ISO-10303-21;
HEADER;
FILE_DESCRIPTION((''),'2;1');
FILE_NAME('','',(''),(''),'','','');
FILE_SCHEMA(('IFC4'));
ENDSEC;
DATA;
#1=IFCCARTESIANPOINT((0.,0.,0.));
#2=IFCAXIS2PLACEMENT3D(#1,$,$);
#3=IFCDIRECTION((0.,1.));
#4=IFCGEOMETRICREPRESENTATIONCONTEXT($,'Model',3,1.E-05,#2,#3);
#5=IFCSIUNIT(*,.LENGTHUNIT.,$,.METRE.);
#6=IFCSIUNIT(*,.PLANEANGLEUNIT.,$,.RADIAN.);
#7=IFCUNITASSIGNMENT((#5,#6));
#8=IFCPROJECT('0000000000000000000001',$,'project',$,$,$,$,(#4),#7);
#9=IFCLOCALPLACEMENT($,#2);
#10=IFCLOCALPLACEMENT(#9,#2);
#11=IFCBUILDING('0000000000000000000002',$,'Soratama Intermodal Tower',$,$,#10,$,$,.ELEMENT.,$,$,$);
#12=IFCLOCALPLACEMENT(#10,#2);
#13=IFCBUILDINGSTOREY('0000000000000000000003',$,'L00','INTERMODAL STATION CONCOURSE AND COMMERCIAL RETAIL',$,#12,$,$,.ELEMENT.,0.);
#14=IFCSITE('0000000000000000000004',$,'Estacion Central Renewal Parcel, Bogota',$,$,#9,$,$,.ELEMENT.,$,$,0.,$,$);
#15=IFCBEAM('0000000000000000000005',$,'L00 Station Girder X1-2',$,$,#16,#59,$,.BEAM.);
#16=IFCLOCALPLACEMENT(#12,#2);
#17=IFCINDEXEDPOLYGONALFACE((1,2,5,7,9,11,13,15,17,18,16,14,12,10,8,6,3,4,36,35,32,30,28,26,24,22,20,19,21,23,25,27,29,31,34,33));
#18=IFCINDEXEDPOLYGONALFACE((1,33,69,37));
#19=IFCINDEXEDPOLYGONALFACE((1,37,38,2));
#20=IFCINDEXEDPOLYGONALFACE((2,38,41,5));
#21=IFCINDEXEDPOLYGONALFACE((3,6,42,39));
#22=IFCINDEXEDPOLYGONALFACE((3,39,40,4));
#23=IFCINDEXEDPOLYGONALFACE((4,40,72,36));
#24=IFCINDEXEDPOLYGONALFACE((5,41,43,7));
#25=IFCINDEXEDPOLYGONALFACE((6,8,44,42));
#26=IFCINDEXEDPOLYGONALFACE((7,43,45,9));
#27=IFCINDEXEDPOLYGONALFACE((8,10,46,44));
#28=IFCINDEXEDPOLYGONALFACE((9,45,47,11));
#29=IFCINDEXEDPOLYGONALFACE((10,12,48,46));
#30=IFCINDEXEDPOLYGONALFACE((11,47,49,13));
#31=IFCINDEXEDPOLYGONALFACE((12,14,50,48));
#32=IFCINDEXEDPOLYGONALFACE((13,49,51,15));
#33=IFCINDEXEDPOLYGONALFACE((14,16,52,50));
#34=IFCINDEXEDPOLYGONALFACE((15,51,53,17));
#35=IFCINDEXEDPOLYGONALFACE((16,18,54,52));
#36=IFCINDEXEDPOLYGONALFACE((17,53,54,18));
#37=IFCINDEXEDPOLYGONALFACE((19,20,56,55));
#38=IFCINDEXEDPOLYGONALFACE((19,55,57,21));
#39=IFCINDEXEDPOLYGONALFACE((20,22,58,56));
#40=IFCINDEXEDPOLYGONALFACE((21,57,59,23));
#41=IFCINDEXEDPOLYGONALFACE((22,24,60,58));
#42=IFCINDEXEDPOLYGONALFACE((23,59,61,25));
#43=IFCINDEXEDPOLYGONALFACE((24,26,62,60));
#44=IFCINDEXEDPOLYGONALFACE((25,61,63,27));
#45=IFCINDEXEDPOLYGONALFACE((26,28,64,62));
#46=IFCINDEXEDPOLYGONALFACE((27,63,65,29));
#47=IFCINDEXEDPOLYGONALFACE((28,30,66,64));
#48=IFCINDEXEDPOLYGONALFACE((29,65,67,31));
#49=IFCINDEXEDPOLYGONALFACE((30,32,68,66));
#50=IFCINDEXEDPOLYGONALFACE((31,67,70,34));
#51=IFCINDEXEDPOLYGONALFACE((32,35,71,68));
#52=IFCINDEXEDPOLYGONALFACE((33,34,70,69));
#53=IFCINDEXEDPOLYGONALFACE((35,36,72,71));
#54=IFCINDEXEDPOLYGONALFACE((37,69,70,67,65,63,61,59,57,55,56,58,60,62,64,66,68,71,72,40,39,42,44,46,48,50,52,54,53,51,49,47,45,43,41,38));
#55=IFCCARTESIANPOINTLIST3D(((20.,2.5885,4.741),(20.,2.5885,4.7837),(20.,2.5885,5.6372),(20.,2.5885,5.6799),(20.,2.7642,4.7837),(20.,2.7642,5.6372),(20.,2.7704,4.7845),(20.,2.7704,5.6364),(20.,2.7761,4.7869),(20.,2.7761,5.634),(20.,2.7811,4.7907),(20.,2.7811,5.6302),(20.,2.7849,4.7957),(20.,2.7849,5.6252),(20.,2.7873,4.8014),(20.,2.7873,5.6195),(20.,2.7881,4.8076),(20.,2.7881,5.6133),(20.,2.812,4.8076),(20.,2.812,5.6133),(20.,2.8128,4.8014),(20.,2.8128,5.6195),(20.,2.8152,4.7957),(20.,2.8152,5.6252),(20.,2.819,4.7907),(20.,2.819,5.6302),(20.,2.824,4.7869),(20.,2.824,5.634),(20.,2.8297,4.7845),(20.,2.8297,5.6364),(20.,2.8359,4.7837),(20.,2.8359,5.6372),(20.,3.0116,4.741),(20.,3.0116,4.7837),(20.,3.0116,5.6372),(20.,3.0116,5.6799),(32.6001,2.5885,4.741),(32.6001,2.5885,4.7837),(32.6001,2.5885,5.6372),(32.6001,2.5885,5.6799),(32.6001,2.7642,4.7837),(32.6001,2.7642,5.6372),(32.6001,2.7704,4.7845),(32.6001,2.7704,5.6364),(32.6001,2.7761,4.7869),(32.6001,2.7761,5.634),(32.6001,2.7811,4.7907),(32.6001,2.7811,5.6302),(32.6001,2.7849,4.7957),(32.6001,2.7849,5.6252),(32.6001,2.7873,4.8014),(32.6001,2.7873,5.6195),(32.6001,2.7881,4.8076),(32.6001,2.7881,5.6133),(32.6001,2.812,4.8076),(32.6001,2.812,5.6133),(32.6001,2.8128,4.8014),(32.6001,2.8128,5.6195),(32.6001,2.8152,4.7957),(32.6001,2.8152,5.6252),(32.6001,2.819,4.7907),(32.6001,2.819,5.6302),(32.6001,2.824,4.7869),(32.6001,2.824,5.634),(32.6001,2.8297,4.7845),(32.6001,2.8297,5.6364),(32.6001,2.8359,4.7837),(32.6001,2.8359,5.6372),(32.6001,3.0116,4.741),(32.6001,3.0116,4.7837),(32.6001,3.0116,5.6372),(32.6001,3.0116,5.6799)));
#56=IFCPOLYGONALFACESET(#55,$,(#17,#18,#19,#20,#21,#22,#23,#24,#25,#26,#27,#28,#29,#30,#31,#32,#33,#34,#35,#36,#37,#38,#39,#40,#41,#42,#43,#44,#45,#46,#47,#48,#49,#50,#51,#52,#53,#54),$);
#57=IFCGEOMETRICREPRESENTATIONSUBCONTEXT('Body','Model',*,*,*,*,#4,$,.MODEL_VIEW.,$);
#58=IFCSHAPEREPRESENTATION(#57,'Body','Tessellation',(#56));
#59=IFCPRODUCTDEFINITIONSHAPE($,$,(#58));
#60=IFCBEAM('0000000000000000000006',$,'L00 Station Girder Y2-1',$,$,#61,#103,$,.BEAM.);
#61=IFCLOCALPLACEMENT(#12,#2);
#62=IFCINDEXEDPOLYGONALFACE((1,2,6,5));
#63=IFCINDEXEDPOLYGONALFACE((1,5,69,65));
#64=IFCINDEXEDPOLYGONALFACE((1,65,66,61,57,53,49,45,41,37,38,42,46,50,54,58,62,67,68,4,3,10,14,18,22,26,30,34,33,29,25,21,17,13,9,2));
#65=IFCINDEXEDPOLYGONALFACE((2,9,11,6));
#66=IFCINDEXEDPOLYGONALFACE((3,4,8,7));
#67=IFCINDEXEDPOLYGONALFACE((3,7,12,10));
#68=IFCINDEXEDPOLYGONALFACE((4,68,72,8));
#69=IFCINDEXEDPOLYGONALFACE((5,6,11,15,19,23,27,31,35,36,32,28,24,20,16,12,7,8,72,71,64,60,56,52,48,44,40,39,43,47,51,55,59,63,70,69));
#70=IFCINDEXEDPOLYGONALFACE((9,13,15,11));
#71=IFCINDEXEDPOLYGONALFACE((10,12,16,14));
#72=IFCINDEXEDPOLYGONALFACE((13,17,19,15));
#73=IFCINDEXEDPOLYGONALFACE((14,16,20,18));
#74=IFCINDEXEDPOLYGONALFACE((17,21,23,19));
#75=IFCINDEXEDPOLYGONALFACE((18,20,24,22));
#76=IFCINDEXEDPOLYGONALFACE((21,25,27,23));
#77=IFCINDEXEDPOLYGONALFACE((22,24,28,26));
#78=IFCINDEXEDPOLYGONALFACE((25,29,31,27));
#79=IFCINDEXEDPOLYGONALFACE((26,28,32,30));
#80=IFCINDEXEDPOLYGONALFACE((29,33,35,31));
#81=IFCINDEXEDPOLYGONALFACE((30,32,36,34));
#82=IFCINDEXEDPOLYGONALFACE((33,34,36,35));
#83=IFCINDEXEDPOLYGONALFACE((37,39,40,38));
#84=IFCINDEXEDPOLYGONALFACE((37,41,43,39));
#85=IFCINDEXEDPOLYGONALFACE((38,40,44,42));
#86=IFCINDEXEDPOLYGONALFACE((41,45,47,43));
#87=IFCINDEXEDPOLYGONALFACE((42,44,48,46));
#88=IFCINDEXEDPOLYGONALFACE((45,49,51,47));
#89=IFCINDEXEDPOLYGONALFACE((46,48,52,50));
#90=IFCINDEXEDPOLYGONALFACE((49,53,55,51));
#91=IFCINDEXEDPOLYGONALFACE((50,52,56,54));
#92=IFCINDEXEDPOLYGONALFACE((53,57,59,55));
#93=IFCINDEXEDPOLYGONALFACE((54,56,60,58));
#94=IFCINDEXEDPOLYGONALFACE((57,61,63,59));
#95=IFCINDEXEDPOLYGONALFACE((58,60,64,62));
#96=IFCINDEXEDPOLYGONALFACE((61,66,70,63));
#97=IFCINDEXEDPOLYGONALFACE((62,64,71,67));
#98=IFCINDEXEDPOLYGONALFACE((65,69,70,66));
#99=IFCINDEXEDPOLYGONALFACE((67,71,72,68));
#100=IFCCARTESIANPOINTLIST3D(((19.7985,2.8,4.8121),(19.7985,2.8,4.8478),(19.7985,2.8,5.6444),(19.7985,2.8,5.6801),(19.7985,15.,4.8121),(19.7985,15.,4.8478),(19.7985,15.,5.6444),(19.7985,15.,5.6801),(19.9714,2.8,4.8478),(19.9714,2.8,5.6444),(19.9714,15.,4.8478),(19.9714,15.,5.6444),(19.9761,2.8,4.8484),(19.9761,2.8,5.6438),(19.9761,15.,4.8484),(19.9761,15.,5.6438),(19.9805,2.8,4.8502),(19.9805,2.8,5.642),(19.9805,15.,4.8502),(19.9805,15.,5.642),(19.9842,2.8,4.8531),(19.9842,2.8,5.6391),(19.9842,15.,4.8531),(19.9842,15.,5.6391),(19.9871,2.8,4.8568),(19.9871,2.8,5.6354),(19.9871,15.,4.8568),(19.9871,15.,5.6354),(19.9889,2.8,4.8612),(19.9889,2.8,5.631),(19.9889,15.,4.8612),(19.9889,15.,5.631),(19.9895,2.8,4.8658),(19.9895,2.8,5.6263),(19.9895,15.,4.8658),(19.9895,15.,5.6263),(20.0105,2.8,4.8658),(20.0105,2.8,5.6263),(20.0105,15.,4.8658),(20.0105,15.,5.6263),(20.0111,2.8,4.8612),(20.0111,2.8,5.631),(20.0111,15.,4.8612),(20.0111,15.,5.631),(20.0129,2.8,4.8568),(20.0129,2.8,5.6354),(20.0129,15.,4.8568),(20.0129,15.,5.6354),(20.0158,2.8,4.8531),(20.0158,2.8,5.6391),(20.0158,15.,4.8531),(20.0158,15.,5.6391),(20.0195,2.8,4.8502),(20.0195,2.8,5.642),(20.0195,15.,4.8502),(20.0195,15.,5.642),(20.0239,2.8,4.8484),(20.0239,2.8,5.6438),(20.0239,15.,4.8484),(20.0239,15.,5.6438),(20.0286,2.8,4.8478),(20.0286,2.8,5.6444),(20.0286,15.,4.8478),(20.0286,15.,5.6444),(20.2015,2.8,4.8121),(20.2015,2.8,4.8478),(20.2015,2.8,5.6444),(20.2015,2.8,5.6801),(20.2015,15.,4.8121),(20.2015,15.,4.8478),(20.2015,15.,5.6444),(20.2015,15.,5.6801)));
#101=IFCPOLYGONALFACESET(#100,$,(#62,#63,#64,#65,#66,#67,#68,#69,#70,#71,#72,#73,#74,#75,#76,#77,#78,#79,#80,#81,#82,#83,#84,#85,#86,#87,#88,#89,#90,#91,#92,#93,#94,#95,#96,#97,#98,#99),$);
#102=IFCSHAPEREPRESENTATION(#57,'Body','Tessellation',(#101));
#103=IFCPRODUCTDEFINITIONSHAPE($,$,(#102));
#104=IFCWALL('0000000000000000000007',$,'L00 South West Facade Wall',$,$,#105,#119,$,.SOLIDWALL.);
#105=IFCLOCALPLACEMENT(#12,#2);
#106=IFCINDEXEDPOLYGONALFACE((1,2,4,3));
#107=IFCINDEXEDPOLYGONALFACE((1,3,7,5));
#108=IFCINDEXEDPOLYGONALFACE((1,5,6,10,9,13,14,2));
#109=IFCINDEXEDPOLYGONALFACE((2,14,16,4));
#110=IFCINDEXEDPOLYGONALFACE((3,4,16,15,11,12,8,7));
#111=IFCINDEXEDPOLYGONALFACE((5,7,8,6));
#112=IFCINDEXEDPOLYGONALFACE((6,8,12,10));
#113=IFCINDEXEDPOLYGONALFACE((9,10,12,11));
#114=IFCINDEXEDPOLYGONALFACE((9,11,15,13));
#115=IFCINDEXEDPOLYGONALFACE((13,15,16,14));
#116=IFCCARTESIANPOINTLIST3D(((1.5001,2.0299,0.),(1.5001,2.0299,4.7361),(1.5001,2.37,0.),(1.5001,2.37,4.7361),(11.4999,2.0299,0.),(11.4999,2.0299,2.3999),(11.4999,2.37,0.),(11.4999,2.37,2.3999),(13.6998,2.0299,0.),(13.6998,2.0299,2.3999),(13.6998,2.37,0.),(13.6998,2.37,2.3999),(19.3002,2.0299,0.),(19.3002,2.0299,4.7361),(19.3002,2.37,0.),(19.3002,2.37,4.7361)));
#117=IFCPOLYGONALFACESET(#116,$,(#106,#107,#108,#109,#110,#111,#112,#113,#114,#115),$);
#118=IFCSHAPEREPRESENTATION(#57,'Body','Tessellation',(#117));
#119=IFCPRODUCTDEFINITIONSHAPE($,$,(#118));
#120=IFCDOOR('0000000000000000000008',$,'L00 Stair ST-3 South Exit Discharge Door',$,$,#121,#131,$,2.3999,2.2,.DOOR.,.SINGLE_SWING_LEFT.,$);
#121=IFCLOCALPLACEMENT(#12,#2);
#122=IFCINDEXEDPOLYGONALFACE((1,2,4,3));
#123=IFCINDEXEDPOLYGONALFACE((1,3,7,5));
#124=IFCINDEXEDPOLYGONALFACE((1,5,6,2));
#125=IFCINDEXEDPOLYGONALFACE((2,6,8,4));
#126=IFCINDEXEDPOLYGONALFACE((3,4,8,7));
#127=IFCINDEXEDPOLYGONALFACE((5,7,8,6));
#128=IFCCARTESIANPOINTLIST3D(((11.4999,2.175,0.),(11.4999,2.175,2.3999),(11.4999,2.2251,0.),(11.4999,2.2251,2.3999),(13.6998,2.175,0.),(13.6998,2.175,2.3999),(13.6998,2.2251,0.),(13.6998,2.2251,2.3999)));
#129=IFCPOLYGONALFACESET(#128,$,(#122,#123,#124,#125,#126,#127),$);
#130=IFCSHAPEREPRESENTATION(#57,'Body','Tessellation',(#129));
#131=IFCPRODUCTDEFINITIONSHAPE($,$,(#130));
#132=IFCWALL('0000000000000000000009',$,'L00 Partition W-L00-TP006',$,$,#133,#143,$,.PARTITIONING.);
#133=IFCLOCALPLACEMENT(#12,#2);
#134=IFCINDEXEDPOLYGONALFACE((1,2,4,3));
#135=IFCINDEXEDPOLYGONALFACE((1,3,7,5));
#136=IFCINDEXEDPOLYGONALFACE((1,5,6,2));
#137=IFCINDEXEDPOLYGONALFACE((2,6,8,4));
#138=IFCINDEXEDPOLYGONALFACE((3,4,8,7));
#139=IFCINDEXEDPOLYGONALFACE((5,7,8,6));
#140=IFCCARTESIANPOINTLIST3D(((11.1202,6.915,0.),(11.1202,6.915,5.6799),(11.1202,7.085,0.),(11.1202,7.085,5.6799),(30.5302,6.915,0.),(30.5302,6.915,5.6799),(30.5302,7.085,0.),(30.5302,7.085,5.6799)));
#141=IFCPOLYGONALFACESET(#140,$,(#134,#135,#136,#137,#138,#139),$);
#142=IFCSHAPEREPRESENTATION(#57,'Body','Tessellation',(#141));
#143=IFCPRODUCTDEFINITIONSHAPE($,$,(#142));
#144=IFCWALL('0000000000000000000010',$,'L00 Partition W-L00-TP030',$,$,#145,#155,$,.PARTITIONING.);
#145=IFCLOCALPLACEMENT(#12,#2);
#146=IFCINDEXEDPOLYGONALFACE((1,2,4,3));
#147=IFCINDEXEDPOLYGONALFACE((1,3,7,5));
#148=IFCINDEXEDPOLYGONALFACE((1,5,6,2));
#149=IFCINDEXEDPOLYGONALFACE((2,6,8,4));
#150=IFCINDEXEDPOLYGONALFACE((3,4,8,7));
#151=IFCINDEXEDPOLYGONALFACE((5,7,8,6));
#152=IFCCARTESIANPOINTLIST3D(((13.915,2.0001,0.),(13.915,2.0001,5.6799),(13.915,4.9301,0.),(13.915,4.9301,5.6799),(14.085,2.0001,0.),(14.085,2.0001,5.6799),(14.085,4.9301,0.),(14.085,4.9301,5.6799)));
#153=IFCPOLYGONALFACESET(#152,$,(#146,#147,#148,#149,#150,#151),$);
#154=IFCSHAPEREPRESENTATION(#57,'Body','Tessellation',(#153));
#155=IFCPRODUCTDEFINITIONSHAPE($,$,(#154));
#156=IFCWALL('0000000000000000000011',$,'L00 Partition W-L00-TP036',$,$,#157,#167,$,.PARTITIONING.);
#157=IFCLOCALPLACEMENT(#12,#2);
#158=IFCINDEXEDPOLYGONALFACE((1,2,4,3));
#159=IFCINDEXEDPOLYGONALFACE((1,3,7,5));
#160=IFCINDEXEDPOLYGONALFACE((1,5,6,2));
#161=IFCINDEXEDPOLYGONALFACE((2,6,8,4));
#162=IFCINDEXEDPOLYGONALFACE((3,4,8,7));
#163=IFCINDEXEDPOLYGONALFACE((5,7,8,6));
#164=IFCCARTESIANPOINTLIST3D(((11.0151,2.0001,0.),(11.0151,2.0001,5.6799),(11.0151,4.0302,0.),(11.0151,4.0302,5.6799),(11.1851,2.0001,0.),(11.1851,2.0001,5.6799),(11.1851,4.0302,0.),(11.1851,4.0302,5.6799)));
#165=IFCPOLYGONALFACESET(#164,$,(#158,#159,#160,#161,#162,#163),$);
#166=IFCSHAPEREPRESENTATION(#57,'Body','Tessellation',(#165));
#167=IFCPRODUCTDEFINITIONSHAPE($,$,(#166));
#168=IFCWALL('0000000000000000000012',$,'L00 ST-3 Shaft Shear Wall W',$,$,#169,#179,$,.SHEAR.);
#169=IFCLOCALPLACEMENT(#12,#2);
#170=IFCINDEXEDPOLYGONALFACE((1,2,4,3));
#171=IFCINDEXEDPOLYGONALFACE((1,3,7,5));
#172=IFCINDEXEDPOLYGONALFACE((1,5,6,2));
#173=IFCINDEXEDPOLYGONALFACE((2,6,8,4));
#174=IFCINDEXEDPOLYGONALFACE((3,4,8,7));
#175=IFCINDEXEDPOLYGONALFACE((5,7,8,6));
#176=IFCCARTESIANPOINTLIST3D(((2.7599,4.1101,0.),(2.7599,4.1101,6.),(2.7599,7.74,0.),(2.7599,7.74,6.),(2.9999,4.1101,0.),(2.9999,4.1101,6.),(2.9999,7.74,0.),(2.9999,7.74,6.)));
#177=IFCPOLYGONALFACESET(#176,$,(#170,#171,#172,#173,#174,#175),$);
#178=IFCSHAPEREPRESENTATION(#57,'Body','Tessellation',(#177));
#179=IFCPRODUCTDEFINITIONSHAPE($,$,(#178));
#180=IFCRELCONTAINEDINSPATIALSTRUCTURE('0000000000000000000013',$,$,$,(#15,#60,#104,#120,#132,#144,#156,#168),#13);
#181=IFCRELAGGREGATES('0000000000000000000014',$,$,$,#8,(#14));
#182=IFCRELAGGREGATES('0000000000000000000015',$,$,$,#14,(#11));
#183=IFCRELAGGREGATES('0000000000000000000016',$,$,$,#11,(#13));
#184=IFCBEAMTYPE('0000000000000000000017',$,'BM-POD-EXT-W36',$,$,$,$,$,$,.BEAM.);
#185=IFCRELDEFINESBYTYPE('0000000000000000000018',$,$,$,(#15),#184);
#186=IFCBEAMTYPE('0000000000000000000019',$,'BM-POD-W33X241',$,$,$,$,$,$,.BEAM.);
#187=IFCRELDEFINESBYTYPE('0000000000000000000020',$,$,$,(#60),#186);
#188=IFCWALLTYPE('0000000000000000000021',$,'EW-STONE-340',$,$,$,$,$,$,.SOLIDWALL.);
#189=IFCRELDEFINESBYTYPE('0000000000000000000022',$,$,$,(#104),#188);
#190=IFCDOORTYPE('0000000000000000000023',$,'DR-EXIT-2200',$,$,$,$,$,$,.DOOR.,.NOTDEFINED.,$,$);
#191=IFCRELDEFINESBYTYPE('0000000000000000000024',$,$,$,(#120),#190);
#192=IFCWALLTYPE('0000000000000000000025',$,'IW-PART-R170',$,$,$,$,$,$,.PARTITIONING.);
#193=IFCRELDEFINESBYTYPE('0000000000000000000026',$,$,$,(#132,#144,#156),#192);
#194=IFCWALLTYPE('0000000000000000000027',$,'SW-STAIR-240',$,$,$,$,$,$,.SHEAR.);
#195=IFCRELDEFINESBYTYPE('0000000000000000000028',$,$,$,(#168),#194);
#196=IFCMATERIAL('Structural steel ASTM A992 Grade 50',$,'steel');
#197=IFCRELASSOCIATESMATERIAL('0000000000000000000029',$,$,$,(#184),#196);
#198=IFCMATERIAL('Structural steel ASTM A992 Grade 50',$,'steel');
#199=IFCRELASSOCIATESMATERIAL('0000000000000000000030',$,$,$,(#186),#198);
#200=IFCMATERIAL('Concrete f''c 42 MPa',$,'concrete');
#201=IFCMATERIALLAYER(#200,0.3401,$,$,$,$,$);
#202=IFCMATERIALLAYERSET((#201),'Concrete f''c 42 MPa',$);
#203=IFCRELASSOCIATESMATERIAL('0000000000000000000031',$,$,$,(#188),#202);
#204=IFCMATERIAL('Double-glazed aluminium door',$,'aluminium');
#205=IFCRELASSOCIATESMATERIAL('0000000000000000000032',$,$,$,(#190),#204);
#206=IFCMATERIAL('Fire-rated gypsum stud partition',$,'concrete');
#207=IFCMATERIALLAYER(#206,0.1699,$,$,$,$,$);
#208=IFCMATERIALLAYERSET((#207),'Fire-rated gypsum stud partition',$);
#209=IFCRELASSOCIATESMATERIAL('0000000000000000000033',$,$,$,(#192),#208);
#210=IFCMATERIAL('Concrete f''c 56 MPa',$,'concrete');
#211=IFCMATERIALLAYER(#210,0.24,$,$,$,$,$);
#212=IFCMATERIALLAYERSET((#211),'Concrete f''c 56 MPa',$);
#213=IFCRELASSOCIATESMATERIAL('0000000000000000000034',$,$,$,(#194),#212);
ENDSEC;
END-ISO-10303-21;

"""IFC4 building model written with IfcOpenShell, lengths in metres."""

from ifc_helpers import new_model, si_unit, direction, frame, frame_2d, origin, origin_2d, place, context, subcontext, project, spatial, rectangle, i_section, extrude, material, layer, layer_set, material_profile, profile_set, type_object, element, fill, save


model = new_model("IFC4")

# Units and contexts
model_context = context("Model", 3, precision=1e-05, world=origin(), true_north=direction((0.0, 1.0)))
body_context = subcontext(model_context, "Body", "Model", "MODEL_VIEW")
ifc_project = project(units=[si_unit("LENGTHUNIT", "METRE"), si_unit("PLANEANGLEUNIT", "RADIAN")], contexts=[model_context])

# Site, building, storey
site_placement = place(None, origin())
site = spatial("IfcSite", under=ifc_project, at=site_placement, Name="Estacion Central Renewal Parcel, Bogota", CompositionType="ELEMENT", RefElevation=0.0)
building_placement = place(site_placement, origin())
building = spatial("IfcBuilding", under=site, at=building_placement, Name="Soratama Intermodal Tower", CompositionType="ELEMENT")
storey_placement = place(building_placement, origin())
storey = spatial("IfcBuildingStorey", under=building, at=storey_placement, Name="L00", Description="INTERMODAL STATION CONCOURSE AND COMMERCIAL RETAIL", CompositionType="ELEMENT", Elevation=0.0)

# Beams
ifc_material_1 = material(Name="Structural steel ASTM A992 Grade 50", Category="steel")
ifc_material_profile_1 = material_profile(ifc_material_1, i_section(OverallWidth=0.4231, OverallDepth=0.939, WebThickness=0.0239, FlangeThickness=0.0427, FilletRadius=0.0239, at=origin_2d()), Name="W36X302")
ifc_profile_set_1 = profile_set([ifc_material_profile_1], Name="Structural steel ASTM A992 Grade 50")
beam_type_1 = type_object("IfcBeamType", Name="BM-POD-EXT-W36", PredefinedType="BEAM", material=ifc_profile_set_1)
beam_1_placement = place(storey_placement, frame((20.0, 2.8, 5.2104), z_axis=(1.0, 0.0, 0.0), x_axis=(0.0, 1.0, 0.0)))
element("IfcBeam", 1, at=beam_1_placement, inside=storey, type_object=beam_type_1, Name="L00 Station Girder X1-2", PredefinedType="BEAM", context=body_context, shape_type="SweptSolid", body=[
    extrude(i_section(OverallWidth=0.4231, OverallDepth=0.939, WebThickness=0.0239, FlangeThickness=0.0427, FilletRadius=0.0239, at=origin_2d()), origin(), (0.0, 0.0, 1.0), 12.6001),
])
ifc_material_2 = material(Name="Structural steel ASTM A992 Grade 50", Category="steel")
ifc_material_profile_2 = material_profile(ifc_material_2, i_section(OverallWidth=0.4031, OverallDepth=0.8679, WebThickness=0.021, FlangeThickness=0.0356, FilletRadius=0.0181, at=origin_2d()), Name="W33X241")
ifc_profile_set_2 = profile_set([ifc_material_profile_2], Name="Structural steel ASTM A992 Grade 50")
beam_type_2 = type_object("IfcBeamType", Name="BM-POD-W33X241", PredefinedType="BEAM", material=ifc_profile_set_2)
beam_2_placement = place(storey_placement, frame((20.0, 2.8, 5.2461), z_axis=(0.0, 1.0, 0.0), x_axis=(-1.0, 0.0, 0.0)))
element("IfcBeam", 2, at=beam_2_placement, inside=storey, type_object=beam_type_2, Name="L00 Station Girder Y2-1", PredefinedType="BEAM", context=body_context, shape_type="SweptSolid", body=[
    extrude(i_section(OverallWidth=0.4031, OverallDepth=0.8679, WebThickness=0.021, FlangeThickness=0.0356, FilletRadius=0.0181, at=origin_2d()), origin(), (0.0, 0.0, 1.0), 12.2),
])

# Wall, opening, door
ifc_material_3 = material(Name="Concrete f'c 42 MPa", Category="concrete")
ifc_layer_1 = layer(ifc_material_3, 0.3401)
ifc_layer_set_1 = layer_set([ifc_layer_1], Name="Concrete f'c 42 MPa")
wall_type_1 = type_object("IfcWallType", Name="EW-STONE-340", PredefinedType="SOLIDWALL", material=ifc_layer_set_1)
wall_1_placement = place(storey_placement, frame((19.3, 2.2, 0.0), z_axis=(0.0, 0.0, 1.0), x_axis=(-1.0, 0.0, 0.0)))
wall_1 = element("IfcWall", 3, at=wall_1_placement, inside=storey, type_object=wall_type_1, Name="L00 South West Facade Wall", PredefinedType="SOLIDWALL", context=body_context, shape_type="SweptSolid", body=[
    extrude(rectangle(XDim=17.8, YDim=0.3401, at=frame_2d((8.8999, 0.0))), origin(), (0.0, 0.0, 1.0), 4.7361),
])
opening_1_placement = place(wall_1_placement, frame((5.6001, 0.0, 0.0)))
opening_1 = element("IfcOpeningElement", 4, at=opening_1_placement, cuts=wall_1, PredefinedType="OPENING", context=body_context, shape_type="SweptSolid", body=[
    extrude(rectangle(XDim=2.2, YDim=2.3999, at=frame_2d((1.1001, 1.2))), frame((0.0, 0.1799, 0.0), z_axis=(0.0, -1.0, 0.0), x_axis=(1.0, 0.0, 0.0)), (0.0, 0.0, 1.0), 0.3601),
])
ifc_material_4 = material(Name="Double-glazed aluminium door", Category="aluminium")
door_type_1 = type_object("IfcDoorType", Name="DR-EXIT-2200", OperationType="NOTDEFINED", PredefinedType="DOOR", material=ifc_material_4)
door_1_placement = place(opening_1_placement, origin())
door_1 = element("IfcDoor", 5, at=door_1_placement, inside=storey, type_object=door_type_1, Name="L00 Stair ST-3 South Exit Discharge Door", OperationType="SINGLE_SWING_LEFT", OverallHeight=2.3999, OverallWidth=2.2, PredefinedType="DOOR", context=body_context, shape_type="SweptSolid", body=[
    extrude(rectangle(XDim=2.2, YDim=2.3999, at=frame_2d((1.1001, 1.2))), frame((0.0, 0.0249, 0.0), z_axis=(0.0, -1.0, 0.0), x_axis=(1.0, 0.0, 0.0)), (0.0, 0.0, 1.0), 0.05),
])
fill(opening_1, door_1)

# Walls
ifc_material_5 = material(Name="Fire-rated gypsum stud partition", Category="concrete")
ifc_layer_2 = layer(ifc_material_5, 0.1699)
ifc_layer_set_2 = layer_set([ifc_layer_2], Name="Fire-rated gypsum stud partition")
wall_type_2 = type_object("IfcWallType", Name="IW-PART-R170", PredefinedType="PARTITIONING", material=ifc_layer_set_2)
wall_2_placement = place(storey_placement, frame((11.1201, 7.0, 0.0), z_axis=(0.0, 0.0, 1.0), x_axis=(1.0, 0.0, 0.0)))
element("IfcWall", 6, at=wall_2_placement, inside=storey, type_object=wall_type_2, Name="L00 Partition W-L00-TP006", PredefinedType="PARTITIONING", context=body_context, shape_type="SweptSolid", body=[
    extrude(rectangle(XDim=19.4099, YDim=0.1699, at=frame_2d((9.7051, 0.0))), origin(), (0.0, 0.0, 1.0), 5.6799),
])
wall_3_placement = place(storey_placement, frame((14.0, 4.9299, 0.0), z_axis=(0.0, 0.0, 1.0), x_axis=(0.0, -1.0, 0.0)))
element("IfcWall", 7, at=wall_3_placement, inside=storey, type_object=wall_type_2, Name="L00 Partition W-L00-TP030", PredefinedType="PARTITIONING", context=body_context, shape_type="SweptSolid", body=[
    extrude(rectangle(XDim=2.9299, YDim=0.1699, at=frame_2d((1.4648, 0.0))), origin(), (0.0, 0.0, 1.0), 5.6799),
])
wall_4_placement = place(storey_placement, frame((11.1001, 2.0, 0.0), z_axis=(0.0, 0.0, 1.0), x_axis=(0.0, 1.0, 0.0)))
element("IfcWall", 8, at=wall_4_placement, inside=storey, type_object=wall_type_2, Name="L00 Partition W-L00-TP036", PredefinedType="PARTITIONING", context=body_context, shape_type="SweptSolid", body=[
    extrude(rectangle(XDim=2.03, YDim=0.1699, at=frame_2d((1.0151, 0.0))), origin(), (0.0, 0.0, 1.0), 5.6799),
])
ifc_material_6 = material(Name="Concrete f'c 56 MPa", Category="concrete")
ifc_layer_3 = layer(ifc_material_6, 0.24)
ifc_layer_set_3 = layer_set([ifc_layer_3], Name="Concrete f'c 56 MPa")
wall_type_3 = type_object("IfcWallType", Name="SW-STAIR-240", PredefinedType="SHEAR", material=ifc_layer_set_3)
wall_5_placement = place(storey_placement, frame((2.8799, 4.1101, 0.0), z_axis=(0.0, 0.0, 1.0), x_axis=(0.0, 1.0, 0.0)))
element("IfcWall", 9, at=wall_5_placement, inside=storey, type_object=wall_type_3, Name="L00 ST-3 Shaft Shear Wall W", PredefinedType="SHEAR", context=body_context, shape_type="SweptSolid", body=[
    extrude(rectangle(XDim=3.6299, YDim=0.24, at=frame_2d((1.8149, 0.0))), origin(), (0.0, 0.0, 1.0), 6.0),
])

save(model, "model.ifc")
